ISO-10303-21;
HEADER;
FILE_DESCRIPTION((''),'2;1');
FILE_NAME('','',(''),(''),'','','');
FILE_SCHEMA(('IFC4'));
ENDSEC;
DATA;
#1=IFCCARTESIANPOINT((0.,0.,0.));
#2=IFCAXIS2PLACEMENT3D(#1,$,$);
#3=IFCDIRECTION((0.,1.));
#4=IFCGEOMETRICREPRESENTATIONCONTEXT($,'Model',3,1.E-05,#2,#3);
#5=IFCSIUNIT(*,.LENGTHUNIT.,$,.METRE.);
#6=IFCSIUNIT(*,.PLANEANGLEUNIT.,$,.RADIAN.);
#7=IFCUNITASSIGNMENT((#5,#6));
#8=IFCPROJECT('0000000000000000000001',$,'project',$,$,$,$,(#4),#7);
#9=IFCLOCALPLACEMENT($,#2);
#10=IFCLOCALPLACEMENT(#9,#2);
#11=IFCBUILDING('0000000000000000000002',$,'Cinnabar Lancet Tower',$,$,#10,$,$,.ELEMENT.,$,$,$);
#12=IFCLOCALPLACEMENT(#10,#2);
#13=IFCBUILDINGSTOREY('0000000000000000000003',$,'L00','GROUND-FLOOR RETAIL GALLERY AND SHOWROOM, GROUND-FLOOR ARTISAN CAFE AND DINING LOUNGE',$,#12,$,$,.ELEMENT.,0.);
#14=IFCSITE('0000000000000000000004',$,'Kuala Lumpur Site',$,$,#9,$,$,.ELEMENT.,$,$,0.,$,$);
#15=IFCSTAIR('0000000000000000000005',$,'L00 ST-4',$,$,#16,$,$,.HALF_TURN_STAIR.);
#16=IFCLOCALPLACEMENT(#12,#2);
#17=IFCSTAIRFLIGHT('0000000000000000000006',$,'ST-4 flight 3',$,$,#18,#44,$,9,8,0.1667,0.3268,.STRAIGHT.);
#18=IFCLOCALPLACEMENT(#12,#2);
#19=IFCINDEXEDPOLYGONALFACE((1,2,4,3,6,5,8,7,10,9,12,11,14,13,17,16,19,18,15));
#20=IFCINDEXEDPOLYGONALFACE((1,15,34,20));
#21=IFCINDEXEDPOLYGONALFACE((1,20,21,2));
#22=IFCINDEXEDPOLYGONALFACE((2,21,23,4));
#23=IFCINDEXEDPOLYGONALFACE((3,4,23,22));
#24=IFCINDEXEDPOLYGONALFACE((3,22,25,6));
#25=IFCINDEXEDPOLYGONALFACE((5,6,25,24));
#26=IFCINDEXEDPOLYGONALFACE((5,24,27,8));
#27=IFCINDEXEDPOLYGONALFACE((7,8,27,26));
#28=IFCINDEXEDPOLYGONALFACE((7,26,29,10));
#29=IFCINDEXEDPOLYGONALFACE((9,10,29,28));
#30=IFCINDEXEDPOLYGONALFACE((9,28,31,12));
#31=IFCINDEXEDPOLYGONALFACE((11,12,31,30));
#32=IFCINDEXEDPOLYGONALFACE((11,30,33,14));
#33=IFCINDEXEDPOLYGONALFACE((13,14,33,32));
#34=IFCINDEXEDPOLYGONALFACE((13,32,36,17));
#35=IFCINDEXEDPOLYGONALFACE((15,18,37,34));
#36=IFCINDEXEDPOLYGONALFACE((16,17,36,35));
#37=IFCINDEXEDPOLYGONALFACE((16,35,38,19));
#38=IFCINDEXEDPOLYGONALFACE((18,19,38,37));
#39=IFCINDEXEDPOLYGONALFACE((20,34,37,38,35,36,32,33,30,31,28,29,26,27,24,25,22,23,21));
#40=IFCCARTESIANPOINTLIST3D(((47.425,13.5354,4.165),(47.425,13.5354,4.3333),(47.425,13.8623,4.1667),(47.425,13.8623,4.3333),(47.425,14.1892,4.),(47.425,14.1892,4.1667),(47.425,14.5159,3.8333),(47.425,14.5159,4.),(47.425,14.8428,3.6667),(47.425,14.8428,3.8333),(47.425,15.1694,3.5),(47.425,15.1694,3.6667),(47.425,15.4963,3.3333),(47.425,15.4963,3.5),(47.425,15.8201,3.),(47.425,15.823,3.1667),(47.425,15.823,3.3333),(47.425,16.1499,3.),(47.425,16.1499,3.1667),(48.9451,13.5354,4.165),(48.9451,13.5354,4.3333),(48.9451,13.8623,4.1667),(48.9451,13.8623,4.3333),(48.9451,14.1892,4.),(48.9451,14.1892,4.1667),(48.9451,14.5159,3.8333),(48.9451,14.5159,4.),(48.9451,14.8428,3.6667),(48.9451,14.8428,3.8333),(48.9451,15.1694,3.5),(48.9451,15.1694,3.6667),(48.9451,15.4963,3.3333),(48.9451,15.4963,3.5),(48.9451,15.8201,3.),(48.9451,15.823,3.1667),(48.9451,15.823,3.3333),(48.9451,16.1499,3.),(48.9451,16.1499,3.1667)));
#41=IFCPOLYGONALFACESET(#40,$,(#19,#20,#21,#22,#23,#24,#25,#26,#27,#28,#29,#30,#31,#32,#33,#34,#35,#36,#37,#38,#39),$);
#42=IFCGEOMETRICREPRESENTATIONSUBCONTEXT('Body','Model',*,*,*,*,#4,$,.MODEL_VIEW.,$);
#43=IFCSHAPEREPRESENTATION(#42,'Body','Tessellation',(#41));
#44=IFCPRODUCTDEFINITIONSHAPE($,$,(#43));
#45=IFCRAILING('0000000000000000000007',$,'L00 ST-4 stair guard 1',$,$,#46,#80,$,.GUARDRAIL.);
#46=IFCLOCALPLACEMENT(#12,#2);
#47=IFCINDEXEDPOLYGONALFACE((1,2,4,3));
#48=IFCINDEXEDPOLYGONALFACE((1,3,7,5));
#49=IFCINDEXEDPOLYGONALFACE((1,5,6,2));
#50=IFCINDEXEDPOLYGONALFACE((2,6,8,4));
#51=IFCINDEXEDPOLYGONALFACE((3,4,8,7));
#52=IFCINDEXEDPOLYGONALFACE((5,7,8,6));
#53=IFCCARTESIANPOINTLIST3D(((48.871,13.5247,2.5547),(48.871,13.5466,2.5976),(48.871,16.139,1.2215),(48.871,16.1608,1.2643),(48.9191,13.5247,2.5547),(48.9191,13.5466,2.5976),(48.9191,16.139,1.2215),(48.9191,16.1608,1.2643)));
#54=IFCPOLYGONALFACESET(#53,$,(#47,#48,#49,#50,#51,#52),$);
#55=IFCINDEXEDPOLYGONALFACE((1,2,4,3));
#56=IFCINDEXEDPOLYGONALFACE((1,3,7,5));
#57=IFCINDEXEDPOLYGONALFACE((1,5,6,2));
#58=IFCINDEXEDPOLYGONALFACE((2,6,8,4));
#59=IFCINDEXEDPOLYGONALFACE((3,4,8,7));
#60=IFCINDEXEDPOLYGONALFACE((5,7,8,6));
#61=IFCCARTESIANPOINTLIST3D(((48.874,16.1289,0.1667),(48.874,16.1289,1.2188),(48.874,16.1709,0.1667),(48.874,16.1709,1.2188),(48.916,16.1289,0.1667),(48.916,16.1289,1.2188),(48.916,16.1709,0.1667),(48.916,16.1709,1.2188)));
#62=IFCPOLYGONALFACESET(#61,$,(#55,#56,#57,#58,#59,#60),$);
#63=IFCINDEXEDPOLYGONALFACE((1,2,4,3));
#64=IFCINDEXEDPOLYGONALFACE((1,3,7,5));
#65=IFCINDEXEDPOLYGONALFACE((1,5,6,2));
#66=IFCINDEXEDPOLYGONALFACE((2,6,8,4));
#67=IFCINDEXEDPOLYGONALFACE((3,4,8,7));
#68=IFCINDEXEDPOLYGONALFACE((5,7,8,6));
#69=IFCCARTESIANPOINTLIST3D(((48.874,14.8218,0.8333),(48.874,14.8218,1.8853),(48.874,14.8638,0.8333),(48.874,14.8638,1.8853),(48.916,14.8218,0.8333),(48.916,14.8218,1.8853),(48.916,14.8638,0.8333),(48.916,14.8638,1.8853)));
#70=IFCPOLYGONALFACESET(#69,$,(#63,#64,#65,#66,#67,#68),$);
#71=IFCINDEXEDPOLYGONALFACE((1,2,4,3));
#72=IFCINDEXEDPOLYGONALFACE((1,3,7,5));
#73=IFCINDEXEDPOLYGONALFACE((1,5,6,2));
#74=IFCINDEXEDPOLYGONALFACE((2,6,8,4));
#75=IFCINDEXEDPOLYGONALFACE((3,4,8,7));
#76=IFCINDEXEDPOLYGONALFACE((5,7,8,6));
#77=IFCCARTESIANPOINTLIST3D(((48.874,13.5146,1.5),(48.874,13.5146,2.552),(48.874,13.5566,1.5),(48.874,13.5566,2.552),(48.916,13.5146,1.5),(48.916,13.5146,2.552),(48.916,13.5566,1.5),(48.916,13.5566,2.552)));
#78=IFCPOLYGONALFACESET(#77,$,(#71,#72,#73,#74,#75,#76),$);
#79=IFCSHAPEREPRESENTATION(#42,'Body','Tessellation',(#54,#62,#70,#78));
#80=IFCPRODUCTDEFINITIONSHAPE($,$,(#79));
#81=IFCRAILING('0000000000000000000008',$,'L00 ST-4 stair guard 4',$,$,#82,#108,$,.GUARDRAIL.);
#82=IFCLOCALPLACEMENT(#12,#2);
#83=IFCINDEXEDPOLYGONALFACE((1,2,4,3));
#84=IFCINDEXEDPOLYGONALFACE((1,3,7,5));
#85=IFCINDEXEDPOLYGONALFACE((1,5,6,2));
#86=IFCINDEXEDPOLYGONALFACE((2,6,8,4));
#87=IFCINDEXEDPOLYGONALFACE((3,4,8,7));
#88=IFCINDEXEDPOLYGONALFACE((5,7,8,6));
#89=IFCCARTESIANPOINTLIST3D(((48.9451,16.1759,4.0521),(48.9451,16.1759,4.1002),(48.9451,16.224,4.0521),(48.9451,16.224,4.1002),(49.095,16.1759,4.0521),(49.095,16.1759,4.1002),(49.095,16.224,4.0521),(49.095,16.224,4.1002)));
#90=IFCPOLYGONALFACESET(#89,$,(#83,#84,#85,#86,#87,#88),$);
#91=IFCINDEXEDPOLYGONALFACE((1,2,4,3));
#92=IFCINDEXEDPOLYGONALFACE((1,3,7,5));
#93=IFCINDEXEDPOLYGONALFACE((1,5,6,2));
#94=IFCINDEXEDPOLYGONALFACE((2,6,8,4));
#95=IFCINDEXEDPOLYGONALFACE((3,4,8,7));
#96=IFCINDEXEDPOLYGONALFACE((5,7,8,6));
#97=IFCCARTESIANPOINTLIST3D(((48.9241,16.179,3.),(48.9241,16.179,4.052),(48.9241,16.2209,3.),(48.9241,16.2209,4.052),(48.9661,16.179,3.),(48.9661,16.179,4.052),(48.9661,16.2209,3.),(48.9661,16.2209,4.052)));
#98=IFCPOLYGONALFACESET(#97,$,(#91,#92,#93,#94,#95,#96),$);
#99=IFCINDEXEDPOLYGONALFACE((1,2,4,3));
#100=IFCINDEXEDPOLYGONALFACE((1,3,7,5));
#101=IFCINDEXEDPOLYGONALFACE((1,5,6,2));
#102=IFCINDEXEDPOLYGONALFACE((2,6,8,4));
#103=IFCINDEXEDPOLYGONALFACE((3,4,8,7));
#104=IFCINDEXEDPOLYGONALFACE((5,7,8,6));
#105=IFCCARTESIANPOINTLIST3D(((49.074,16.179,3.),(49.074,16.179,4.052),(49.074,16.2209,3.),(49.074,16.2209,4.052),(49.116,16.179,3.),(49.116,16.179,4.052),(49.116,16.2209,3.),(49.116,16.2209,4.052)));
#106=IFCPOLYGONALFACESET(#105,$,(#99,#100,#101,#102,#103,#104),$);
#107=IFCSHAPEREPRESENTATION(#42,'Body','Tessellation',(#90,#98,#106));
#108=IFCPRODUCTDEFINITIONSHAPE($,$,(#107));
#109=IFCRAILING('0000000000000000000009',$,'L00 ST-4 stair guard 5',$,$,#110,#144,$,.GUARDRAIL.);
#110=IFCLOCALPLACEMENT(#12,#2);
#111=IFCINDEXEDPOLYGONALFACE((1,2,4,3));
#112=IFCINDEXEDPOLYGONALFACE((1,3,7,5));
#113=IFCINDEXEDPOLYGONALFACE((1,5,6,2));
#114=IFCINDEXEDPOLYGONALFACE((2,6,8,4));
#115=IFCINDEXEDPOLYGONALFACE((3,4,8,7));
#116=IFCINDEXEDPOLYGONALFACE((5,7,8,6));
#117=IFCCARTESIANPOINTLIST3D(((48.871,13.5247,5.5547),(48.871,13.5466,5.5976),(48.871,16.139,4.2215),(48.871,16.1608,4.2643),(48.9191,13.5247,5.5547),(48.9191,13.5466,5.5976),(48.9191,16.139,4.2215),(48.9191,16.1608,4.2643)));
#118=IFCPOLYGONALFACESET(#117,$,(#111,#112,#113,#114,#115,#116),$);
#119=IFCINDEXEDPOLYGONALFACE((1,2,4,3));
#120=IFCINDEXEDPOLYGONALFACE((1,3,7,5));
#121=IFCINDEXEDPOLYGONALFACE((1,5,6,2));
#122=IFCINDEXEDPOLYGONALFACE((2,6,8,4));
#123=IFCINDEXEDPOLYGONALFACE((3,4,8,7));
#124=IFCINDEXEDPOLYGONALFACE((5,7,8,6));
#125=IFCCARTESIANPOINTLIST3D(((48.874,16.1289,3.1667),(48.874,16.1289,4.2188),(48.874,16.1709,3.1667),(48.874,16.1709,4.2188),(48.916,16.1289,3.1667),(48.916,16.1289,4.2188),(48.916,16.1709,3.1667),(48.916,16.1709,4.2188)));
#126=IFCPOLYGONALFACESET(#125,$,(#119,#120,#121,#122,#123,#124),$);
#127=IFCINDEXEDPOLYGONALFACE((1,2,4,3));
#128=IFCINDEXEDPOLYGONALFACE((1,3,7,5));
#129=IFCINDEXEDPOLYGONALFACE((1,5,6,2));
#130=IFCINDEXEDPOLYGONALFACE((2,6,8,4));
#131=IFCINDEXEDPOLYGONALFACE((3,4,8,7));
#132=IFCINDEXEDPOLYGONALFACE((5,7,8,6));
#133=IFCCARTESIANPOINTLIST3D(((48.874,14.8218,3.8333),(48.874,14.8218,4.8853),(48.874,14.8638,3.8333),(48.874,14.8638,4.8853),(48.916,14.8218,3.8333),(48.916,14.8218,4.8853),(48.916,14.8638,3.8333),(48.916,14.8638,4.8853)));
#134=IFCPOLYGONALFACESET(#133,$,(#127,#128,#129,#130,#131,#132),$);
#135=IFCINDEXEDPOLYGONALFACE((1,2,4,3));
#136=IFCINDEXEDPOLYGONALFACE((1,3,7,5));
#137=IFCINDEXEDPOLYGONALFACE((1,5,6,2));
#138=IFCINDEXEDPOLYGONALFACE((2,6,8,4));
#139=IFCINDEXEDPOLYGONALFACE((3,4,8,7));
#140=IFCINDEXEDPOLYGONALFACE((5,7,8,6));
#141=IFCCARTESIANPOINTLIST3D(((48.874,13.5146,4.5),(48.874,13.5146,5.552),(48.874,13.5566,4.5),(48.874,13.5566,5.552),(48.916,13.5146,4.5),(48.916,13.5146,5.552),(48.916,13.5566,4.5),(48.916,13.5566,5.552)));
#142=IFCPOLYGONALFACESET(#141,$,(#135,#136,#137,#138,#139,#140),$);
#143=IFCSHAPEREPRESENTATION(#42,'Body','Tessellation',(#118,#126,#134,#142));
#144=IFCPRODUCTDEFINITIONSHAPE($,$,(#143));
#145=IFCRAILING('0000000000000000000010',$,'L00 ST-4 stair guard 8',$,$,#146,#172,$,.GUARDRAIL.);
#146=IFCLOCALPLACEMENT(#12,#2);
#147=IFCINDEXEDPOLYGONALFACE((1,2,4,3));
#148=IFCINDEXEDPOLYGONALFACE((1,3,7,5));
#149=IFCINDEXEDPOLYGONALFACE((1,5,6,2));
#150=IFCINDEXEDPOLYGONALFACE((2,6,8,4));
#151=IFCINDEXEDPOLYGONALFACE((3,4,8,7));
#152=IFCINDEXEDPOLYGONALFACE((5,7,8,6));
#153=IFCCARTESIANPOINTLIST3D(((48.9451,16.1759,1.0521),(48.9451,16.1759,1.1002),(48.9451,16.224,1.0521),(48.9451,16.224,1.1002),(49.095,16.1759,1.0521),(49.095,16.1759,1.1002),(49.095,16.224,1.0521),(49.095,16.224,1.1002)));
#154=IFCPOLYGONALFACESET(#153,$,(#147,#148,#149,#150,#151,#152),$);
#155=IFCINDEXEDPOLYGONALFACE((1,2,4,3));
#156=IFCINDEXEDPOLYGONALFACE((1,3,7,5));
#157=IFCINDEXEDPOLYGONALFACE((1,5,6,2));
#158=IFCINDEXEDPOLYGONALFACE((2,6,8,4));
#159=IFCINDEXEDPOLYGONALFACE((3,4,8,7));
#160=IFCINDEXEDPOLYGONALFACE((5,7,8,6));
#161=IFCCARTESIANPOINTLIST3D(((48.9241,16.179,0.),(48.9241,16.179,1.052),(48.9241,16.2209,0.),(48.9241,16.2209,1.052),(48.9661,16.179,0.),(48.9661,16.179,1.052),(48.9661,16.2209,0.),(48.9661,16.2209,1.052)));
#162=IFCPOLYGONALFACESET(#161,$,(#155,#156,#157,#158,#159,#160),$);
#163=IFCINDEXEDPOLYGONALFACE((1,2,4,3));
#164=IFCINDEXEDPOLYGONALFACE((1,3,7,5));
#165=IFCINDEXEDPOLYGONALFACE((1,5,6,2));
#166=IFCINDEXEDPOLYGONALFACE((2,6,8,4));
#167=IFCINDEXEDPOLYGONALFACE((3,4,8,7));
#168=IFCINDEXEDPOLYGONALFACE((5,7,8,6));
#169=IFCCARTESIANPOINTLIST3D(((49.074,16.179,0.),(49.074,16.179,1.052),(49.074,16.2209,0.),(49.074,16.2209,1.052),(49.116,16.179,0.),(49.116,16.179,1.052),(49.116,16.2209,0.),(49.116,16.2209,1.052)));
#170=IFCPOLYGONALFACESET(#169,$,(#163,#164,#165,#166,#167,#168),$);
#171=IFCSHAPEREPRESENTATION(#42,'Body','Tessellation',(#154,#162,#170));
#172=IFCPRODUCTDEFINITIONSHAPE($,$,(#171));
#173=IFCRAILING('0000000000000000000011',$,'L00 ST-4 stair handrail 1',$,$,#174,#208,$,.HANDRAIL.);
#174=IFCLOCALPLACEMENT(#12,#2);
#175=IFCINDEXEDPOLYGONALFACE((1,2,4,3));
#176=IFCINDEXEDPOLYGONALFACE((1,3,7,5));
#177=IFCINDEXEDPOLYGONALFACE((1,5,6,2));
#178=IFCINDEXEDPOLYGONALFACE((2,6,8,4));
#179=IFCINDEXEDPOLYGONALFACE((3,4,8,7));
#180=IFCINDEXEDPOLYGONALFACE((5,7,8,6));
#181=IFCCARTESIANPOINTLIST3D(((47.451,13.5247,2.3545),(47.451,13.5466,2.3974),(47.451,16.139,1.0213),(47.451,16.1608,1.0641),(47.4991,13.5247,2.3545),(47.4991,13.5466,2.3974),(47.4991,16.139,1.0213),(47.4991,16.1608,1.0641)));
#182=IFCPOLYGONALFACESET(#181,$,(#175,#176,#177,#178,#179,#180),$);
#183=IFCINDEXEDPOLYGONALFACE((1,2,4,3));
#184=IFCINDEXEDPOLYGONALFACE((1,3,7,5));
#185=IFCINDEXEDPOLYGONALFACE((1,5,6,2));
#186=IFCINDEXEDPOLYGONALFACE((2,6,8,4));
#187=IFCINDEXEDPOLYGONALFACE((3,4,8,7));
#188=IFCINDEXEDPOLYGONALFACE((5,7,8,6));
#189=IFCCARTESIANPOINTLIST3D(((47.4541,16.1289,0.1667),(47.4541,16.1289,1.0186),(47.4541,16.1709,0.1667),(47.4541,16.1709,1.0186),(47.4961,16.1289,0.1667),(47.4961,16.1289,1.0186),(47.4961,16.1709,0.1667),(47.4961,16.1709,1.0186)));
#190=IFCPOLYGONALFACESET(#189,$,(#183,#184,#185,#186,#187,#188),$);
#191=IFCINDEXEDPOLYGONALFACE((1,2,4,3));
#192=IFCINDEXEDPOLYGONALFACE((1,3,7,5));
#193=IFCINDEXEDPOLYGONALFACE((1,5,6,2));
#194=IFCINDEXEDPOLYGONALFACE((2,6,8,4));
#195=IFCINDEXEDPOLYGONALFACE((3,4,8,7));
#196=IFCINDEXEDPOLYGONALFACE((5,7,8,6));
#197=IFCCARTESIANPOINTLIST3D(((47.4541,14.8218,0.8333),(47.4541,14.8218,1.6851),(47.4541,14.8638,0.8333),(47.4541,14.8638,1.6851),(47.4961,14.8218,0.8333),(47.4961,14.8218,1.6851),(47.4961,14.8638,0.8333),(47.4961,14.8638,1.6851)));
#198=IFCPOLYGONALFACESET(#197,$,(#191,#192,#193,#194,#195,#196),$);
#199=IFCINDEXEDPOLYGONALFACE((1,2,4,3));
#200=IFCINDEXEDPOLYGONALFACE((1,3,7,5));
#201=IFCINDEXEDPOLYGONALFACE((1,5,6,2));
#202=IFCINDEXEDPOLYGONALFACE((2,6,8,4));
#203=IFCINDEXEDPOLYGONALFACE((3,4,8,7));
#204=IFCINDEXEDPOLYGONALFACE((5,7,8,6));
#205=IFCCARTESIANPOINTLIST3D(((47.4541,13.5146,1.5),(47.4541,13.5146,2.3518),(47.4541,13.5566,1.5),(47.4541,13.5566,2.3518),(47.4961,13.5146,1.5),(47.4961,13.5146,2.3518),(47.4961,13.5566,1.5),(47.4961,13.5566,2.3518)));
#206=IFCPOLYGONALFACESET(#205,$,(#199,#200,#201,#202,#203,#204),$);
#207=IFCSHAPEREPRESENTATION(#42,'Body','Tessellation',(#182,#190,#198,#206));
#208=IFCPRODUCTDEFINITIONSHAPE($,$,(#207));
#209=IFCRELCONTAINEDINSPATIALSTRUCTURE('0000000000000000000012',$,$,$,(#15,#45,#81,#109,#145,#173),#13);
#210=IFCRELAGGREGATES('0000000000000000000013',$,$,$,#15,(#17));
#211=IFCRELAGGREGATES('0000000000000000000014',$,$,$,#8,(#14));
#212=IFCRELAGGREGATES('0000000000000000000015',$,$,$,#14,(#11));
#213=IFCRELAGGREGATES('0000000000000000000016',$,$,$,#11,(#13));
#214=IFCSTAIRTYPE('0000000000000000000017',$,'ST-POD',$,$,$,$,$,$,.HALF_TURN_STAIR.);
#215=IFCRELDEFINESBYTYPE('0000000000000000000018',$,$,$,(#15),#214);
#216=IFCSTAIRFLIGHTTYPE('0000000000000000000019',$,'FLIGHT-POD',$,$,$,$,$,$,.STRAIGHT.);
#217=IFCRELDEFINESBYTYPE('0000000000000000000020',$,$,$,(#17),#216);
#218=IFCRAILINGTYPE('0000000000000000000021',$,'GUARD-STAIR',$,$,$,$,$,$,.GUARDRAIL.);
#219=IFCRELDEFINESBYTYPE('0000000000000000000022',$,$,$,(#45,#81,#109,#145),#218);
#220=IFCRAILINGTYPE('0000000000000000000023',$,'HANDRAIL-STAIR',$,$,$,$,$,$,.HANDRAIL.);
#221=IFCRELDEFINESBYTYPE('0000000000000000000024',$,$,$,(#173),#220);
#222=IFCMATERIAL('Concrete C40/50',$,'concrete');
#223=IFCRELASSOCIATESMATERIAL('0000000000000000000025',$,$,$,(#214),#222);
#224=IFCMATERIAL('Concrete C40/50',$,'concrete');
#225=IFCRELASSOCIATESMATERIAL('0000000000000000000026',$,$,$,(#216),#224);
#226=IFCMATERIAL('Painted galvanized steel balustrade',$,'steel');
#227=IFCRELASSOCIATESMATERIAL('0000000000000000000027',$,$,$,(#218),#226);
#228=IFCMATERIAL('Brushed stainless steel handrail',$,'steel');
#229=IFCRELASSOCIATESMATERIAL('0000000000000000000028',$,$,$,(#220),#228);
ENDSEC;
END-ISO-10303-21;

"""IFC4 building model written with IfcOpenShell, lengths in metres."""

from ifc_helpers import new_model, si_unit, direction, frame, origin, origin_2d, place, context, subcontext, project, spatial, polyline, rectangle, outline, extrude, material, type_object, element, aggregate, save


model = new_model("IFC4")

# Units and contexts
model_context = context("Model", 3, precision=1e-05, world=origin(), true_north=direction((0.0, 1.0)))
body_context = subcontext(model_context, "Body", "Model", "MODEL_VIEW")
ifc_project = project(units=[si_unit("LENGTHUNIT", "METRE"), si_unit("PLANEANGLEUNIT", "RADIAN")], contexts=[model_context])

# Site, building, storey
site_placement = place(None, origin())
site = spatial("IfcSite", under=ifc_project, at=site_placement, Name="Kuala Lumpur Site", CompositionType="ELEMENT", RefElevation=0.0)
building_placement = place(site_placement, origin())
building = spatial("IfcBuilding", under=site, at=building_placement, Name="Cinnabar Lancet Tower", CompositionType="ELEMENT")
storey_placement = place(building_placement, origin())
storey = spatial("IfcBuildingStorey", under=building, at=storey_placement, Name="L00", Description="GROUND-FLOOR RETAIL GALLERY AND SHOWROOM, GROUND-FLOOR ARTISAN CAFE AND DINING LOUNGE", CompositionType="ELEMENT", Elevation=0.0)

# Stair, stair flight
ifc_material_1 = material(Name="Concrete C40/50", Category="concrete")
stair_type = type_object("IfcStairType", Name="ST-POD", PredefinedType="HALF_TURN_STAIR", material=ifc_material_1)
stair_placement = place(storey_placement, origin())
stair = element("IfcStair", 1, at=stair_placement, inside=storey, type_object=stair_type, Name="L00 ST-4", PredefinedType="HALF_TURN_STAIR")
ifc_material_2 = material(Name="Concrete C40/50", Category="concrete")
stair_flight_type = type_object("IfcStairFlightType", Name="FLIGHT-POD", PredefinedType="STRAIGHT", material=ifc_material_2)
stair_flight_1_placement = place(storey_placement, frame((48.1851, 16.1499, 3.0), z_axis=(0.0, 0.0, 1.0), x_axis=(0.0, -1.0, 0.0)))
stair_flight_1 = element("IfcStairFlight", 2, at=stair_flight_1_placement, type_object=stair_flight_type, Name="ST-4 flight 3", NumberOfRisers=9, NumberOfTreads=8, PredefinedType="STRAIGHT", RiserHeight=0.1667, TreadLength=0.3268, context=body_context, shape_type="SweptSolid", body=[
    extrude(outline(polyline([(0.0, 0.0), (0.0, 0.1667), (0.3269, 0.1667), (0.3269, 0.3333), (0.6536, 0.3333), (0.6536, 0.5), (0.9805, 0.5), (0.9805, 0.6667), (1.3071, 0.6667), (1.3071, 0.8333), (1.634, 0.8333), (1.634, 1.0), (1.9607, 1.0), (1.9607, 1.1667), (2.2876, 1.1667), (2.2876, 1.3333), (2.6145, 1.3333), (2.6145, 1.5), (2.6145, 1.165), (0.3298, 0.0), (0.0, 0.0)])), frame((0.0, 0.76, 0.0), z_axis=(0.0, -1.0, 0.0), x_axis=(1.0, 0.0, 0.0)), (0.0, 0.0, 1.0), 1.52),
])
aggregate(stair, [stair_flight_1])

# Railings
ifc_material_3 = material(Name="Painted galvanized steel balustrade", Category="steel")
railing_type_1 = type_object("IfcRailingType", Name="GUARD-STAIR", PredefinedType="GUARDRAIL", material=ifc_material_3)
railing_1_placement = place(storey_placement, frame((48.895, 16.1499, 0.1667)))
element("IfcRailing", 3, at=railing_1_placement, inside=storey, type_object=railing_type_1, Name="L00 ST-4 stair guard 1", PredefinedType="GUARDRAIL", context=body_context, shape_type="SweptSolid", body=[
    extrude(rectangle(XDim=0.0481, YDim=0.0481, at=origin_2d()), frame((0.0, 0.0, 1.0762), z_axis=(0.0, -0.890838, 0.454321), x_axis=(1.0, 0.0, 0.0)), (0.0, 0.0, 1.0), 2.9346),
    extrude(rectangle(XDim=0.042, YDim=0.042, at=origin_2d()), origin(), (0.0, 0.0, 1.0), 1.052),
    extrude(rectangle(XDim=0.042, YDim=0.042, at=origin_2d()), frame((0.0, -1.3071, 0.6665)), (0.0, 0.0, 1.0), 1.052),
    extrude(rectangle(XDim=0.042, YDim=0.042, at=origin_2d()), frame((0.0, -2.6143, 1.3333)), (0.0, 0.0, 1.0), 1.052),
])
railing_2_placement = place(storey_placement, frame((48.9451, 16.2, 3.0)))
element("IfcRailing", 4, at=railing_2_placement, inside=storey, type_object=railing_type_1, Name="L00 ST-4 stair guard 4", PredefinedType="GUARDRAIL", context=body_context, shape_type="SweptSolid", body=[
    extrude(rectangle(XDim=0.0481, YDim=0.0481, at=origin_2d()), frame((0.0, 0.0, 1.0762), z_axis=(1.0, 0.0, 0.0), x_axis=(0.0, 1.0, 0.0)), (0.0, 0.0, 1.0), 0.1499),
    extrude(rectangle(XDim=0.042, YDim=0.042, at=origin_2d()), origin(), (0.0, 0.0, 1.0), 1.052),
    extrude(rectangle(XDim=0.042, YDim=0.042, at=origin_2d()), frame((0.1499, 0.0, 0.0)), (0.0, 0.0, 1.0), 1.052),
])
railing_3_placement = place(storey_placement, frame((48.895, 16.1499, 3.1667)))
element("IfcRailing", 5, at=railing_3_placement, inside=storey, type_object=railing_type_1, Name="L00 ST-4 stair guard 5", PredefinedType="GUARDRAIL", context=body_context, shape_type="SweptSolid", body=[
    extrude(rectangle(XDim=0.0481, YDim=0.0481, at=origin_2d()), frame((0.0, 0.0, 1.0762), z_axis=(0.0, -0.890838, 0.454321), x_axis=(1.0, 0.0, 0.0)), (0.0, 0.0, 1.0), 2.9346),
    extrude(rectangle(XDim=0.042, YDim=0.042, at=origin_2d()), origin(), (0.0, 0.0, 1.0), 1.052),
    extrude(rectangle(XDim=0.042, YDim=0.042, at=origin_2d()), frame((0.0, -1.3071, 0.6665)), (0.0, 0.0, 1.0), 1.052),
    extrude(rectangle(XDim=0.042, YDim=0.042, at=origin_2d()), frame((0.0, -2.6143, 1.3333)), (0.0, 0.0, 1.0), 1.052),
])
railing_4_placement = place(storey_placement, frame((48.9451, 16.2, 0.0)))
element("IfcRailing", 6, at=railing_4_placement, inside=storey, type_object=railing_type_1, Name="L00 ST-4 stair guard 8", PredefinedType="GUARDRAIL", context=body_context, shape_type="SweptSolid", body=[
    extrude(rectangle(XDim=0.0481, YDim=0.0481, at=origin_2d()), frame((0.0, 0.0, 1.0762), z_axis=(1.0, 0.0, 0.0), x_axis=(0.0, 1.0, 0.0)), (0.0, 0.0, 1.0), 0.1499),
    extrude(rectangle(XDim=0.042, YDim=0.042, at=origin_2d()), origin(), (0.0, 0.0, 1.0), 1.052),
    extrude(rectangle(XDim=0.042, YDim=0.042, at=origin_2d()), frame((0.1499, 0.0, 0.0)), (0.0, 0.0, 1.0), 1.052),
])
ifc_material_4 = material(Name="Brushed stainless steel handrail", Category="steel")
railing_type_2 = type_object("IfcRailingType", Name="HANDRAIL-STAIR", PredefinedType="HANDRAIL", material=ifc_material_4)
for number, where, name in (
    (7, (47.4751, 16.1499, 0.1667), "L00 ST-4 stair handrail 1"),
):
    element("IfcRailing", number, at=place(storey_placement, frame(where)), inside=storey, type_object=railing_type_2, Name=name, PredefinedType="HANDRAIL", context=body_context, shape_type="SweptSolid", body=[
        extrude(rectangle(XDim=0.0481, YDim=0.0481, at=origin_2d()), frame((0.0, 0.0, 0.876), z_axis=(0.0, -0.890838, 0.454321), x_axis=(1.0, 0.0, 0.0)), (0.0, 0.0, 1.0), 2.9346),
        extrude(rectangle(XDim=0.042, YDim=0.042, at=origin_2d()), origin(), (0.0, 0.0, 1.0), 0.8518),
        extrude(rectangle(XDim=0.042, YDim=0.042, at=origin_2d()), frame((0.0, -1.3071, 0.6665)), (0.0, 0.0, 1.0), 0.8518),
        extrude(rectangle(XDim=0.042, YDim=0.042, at=origin_2d()), frame((0.0, -2.6143, 1.3333)), (0.0, 0.0, 1.0), 0.8518),
    ])

save(model, "model.ifc")
